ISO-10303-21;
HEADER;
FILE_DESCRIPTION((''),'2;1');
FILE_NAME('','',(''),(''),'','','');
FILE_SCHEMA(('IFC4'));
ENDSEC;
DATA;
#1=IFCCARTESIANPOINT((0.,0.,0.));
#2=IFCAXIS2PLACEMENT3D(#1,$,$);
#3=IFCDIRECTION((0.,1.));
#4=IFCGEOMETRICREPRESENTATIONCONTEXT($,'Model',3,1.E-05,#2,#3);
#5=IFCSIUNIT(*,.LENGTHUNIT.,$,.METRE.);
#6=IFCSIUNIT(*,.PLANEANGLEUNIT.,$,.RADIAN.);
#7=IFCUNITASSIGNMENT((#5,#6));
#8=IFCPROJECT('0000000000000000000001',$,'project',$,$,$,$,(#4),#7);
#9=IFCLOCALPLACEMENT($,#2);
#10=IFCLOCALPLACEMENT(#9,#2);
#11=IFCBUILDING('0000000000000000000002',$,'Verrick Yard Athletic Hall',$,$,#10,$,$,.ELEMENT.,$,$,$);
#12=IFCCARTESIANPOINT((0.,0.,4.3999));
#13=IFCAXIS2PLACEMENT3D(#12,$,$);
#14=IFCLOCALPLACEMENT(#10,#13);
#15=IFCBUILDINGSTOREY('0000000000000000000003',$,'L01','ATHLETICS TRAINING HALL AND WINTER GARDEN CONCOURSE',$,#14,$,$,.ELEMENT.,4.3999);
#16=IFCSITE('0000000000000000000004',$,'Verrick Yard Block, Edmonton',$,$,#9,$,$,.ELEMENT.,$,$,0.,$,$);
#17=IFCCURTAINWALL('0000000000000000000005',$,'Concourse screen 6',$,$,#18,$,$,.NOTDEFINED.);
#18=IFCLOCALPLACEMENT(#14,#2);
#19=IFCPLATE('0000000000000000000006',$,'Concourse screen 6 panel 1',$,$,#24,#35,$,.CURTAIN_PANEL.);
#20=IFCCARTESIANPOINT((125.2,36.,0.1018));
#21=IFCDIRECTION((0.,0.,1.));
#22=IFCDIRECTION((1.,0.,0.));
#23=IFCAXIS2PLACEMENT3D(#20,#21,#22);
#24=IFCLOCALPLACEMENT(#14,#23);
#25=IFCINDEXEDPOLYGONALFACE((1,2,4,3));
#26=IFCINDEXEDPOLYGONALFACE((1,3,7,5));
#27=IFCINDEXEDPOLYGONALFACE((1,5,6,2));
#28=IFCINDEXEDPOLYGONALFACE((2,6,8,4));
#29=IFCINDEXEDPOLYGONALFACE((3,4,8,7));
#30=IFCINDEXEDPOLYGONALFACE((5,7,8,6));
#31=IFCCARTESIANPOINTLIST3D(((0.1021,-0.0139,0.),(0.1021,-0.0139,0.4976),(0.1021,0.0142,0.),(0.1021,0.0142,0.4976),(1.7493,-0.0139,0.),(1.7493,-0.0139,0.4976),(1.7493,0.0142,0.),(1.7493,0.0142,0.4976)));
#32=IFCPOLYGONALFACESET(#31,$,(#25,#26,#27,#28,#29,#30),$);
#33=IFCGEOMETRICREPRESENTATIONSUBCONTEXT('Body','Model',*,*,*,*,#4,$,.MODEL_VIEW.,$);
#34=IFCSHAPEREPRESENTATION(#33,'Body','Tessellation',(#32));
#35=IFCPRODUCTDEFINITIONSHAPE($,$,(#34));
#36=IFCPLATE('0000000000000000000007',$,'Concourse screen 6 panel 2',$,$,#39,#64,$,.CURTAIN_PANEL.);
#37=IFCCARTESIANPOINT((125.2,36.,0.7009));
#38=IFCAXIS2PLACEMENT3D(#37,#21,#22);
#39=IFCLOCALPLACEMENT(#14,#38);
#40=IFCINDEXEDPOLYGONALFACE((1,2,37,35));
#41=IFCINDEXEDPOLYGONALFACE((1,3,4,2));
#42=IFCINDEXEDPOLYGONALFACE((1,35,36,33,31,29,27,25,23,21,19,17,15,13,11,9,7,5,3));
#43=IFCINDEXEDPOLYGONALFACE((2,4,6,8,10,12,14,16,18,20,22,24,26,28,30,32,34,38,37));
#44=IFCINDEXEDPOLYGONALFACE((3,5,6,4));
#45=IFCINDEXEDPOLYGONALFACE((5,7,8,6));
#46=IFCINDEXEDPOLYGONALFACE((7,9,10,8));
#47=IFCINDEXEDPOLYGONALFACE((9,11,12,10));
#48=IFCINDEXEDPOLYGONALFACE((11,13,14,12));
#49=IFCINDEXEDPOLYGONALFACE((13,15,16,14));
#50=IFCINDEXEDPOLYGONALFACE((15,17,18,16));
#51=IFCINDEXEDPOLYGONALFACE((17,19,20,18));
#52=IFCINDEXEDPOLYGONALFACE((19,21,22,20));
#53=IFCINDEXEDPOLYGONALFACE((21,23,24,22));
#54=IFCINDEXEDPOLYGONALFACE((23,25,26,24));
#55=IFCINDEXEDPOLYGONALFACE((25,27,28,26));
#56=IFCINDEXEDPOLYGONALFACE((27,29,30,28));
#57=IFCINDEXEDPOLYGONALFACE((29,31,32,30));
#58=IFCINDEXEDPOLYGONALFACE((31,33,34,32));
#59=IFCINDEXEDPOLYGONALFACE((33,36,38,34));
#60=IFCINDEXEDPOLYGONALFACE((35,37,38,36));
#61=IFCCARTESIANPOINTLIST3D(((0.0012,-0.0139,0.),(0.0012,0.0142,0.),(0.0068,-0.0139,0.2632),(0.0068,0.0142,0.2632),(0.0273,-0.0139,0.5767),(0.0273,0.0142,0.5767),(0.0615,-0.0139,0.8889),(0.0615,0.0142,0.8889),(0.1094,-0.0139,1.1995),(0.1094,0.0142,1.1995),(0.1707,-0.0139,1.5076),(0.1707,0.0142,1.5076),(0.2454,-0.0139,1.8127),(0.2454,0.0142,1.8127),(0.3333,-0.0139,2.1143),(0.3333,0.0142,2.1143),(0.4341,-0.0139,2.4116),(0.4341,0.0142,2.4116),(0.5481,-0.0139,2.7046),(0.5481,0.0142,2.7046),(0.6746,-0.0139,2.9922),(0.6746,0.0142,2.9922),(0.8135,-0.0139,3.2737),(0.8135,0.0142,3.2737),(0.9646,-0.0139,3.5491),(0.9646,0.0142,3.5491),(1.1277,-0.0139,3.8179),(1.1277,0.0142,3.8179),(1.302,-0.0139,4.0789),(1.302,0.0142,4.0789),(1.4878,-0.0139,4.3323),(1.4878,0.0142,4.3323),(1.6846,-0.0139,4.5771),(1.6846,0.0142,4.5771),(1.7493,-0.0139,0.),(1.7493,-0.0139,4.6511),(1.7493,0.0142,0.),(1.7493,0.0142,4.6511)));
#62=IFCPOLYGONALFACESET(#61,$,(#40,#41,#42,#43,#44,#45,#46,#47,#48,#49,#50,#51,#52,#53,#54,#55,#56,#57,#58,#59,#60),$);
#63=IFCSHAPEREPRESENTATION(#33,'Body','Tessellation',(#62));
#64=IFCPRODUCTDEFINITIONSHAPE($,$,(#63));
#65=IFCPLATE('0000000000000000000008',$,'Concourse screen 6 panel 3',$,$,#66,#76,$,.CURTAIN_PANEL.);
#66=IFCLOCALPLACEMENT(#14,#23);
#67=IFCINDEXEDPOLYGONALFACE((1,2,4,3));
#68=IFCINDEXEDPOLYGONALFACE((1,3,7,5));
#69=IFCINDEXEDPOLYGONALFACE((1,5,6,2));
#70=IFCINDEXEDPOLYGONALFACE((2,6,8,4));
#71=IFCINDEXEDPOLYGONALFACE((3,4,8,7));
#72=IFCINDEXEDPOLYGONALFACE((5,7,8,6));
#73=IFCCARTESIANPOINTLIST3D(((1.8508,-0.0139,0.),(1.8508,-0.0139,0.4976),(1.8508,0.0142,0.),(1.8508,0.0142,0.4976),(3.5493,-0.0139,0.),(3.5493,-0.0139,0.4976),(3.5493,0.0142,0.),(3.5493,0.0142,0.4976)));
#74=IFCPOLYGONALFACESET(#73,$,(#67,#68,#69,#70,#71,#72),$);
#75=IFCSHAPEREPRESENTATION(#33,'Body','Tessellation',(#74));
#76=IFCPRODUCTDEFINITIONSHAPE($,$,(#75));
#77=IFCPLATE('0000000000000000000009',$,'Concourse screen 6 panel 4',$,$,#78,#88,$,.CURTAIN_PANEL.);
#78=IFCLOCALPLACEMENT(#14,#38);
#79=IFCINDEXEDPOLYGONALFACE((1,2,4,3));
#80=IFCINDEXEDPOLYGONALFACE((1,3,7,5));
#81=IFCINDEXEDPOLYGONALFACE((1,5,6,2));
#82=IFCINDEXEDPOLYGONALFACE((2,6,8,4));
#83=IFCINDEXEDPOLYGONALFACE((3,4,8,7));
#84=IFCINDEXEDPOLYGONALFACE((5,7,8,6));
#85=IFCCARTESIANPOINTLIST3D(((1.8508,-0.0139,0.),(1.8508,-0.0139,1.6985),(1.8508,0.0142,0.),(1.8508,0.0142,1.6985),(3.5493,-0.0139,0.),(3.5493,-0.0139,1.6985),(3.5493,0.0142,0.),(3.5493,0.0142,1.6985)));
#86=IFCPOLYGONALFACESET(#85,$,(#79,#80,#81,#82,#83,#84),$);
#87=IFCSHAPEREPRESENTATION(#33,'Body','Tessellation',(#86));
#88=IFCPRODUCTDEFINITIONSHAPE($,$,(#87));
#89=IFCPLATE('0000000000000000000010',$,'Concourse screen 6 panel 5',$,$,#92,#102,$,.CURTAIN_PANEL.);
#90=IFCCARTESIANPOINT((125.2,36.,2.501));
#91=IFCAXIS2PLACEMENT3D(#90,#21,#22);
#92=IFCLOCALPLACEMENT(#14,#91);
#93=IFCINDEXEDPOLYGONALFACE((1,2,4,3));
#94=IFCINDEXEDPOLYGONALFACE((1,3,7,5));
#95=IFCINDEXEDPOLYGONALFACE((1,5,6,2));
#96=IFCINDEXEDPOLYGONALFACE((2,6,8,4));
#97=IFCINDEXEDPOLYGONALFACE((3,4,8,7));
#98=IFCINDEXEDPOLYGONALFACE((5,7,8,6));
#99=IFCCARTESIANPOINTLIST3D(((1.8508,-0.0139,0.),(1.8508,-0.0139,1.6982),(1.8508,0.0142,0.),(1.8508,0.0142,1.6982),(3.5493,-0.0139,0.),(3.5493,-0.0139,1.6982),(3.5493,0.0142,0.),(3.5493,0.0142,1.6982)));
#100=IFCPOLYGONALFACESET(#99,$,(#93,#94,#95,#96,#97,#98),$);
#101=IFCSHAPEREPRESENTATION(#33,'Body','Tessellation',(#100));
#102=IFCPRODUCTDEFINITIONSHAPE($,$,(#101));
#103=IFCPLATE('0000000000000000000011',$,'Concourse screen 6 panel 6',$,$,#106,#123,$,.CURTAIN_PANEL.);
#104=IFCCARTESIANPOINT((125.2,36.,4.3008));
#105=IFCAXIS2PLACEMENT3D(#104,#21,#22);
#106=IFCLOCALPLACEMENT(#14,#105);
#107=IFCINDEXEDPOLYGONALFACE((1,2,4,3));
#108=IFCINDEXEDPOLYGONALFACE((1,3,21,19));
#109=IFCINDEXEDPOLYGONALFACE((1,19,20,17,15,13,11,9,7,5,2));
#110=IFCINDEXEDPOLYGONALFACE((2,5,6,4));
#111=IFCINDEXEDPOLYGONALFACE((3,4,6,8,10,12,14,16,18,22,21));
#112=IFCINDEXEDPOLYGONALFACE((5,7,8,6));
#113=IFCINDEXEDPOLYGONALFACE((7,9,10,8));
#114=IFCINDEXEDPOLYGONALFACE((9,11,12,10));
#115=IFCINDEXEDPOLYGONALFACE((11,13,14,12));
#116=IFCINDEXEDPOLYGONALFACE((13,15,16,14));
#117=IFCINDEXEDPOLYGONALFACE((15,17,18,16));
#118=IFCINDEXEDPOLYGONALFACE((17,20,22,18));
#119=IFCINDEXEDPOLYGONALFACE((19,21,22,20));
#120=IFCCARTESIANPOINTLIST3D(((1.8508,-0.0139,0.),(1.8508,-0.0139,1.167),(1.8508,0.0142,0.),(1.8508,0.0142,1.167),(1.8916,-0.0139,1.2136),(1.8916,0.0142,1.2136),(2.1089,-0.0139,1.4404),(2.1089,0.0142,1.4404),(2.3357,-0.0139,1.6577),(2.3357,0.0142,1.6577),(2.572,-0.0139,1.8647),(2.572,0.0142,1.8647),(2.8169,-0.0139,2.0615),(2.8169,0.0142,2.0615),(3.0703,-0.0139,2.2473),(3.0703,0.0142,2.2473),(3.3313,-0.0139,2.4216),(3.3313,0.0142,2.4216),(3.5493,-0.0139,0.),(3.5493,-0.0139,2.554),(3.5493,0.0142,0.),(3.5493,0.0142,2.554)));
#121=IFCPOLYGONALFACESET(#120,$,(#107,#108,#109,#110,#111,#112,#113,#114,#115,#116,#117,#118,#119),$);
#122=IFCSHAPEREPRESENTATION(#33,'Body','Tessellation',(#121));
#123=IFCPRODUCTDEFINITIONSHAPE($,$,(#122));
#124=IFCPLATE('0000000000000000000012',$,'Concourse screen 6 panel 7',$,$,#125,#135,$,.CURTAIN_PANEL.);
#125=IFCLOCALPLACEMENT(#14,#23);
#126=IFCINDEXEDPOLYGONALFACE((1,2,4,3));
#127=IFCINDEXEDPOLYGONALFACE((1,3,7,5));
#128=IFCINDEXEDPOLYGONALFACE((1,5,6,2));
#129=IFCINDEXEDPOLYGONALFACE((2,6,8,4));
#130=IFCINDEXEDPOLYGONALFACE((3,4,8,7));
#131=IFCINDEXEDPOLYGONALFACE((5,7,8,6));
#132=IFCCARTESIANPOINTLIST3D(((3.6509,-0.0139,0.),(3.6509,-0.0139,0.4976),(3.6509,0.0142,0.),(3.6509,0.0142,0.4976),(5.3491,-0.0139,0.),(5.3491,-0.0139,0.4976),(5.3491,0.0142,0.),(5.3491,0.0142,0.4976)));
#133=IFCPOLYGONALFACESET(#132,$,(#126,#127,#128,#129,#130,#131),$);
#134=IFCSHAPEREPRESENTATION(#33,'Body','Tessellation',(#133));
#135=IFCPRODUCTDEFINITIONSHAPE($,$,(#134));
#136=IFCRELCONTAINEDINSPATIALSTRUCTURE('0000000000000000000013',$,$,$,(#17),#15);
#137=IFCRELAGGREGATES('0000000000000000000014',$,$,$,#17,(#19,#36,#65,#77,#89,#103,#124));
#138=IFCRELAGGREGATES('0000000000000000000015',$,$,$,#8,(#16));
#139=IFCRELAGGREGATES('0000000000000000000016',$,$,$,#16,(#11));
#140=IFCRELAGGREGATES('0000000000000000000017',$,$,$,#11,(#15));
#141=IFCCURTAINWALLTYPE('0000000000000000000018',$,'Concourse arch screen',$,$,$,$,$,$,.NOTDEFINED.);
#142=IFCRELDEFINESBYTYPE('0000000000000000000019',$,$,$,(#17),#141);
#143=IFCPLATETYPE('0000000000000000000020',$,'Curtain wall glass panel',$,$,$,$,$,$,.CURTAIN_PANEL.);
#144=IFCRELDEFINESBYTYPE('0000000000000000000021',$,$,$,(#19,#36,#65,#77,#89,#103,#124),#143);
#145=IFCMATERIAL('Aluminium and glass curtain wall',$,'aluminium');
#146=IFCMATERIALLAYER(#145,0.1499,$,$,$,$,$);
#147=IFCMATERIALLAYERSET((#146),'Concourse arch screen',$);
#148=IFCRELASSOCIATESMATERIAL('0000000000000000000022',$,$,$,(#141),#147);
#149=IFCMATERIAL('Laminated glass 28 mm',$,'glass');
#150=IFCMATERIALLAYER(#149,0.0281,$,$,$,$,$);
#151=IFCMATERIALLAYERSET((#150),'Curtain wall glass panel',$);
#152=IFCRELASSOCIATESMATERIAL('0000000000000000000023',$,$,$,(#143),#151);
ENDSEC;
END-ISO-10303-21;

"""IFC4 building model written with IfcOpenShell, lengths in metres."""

from ifc_helpers import new_model, si_unit, direction, frame, origin, place, context, subcontext, project, spatial, polyline, outline, extrude, material, layer, layer_set, type_object, element, aggregate, save


model = new_model("IFC4")

# Units and contexts
model_context = context("Model", 3, precision=1e-05, world=origin(), true_north=direction((0.0, 1.0)))
body_context = subcontext(model_context, "Body", "Model", "MODEL_VIEW")
ifc_project = project(units=[si_unit("LENGTHUNIT", "METRE"), si_unit("PLANEANGLEUNIT", "RADIAN")], contexts=[model_context])

# Site, building, storey
site_placement = place(None, origin())
site = spatial("IfcSite", under=ifc_project, at=site_placement, Name="Verrick Yard Block, Edmonton", CompositionType="ELEMENT", RefElevation=0.0)
building_placement = place(site_placement, origin())
building = spatial("IfcBuilding", under=site, at=building_placement, Name="Verrick Yard Athletic Hall", CompositionType="ELEMENT")
storey_placement = place(building_placement, frame((0.0, 0.0, 4.3999)))
storey = spatial("IfcBuildingStorey", under=building, at=storey_placement, Name="L01", Description="ATHLETICS TRAINING HALL AND WINTER GARDEN CONCOURSE", CompositionType="ELEMENT", Elevation=4.3999)

# Shared definitions
ifc_material_1 = material(Name="Aluminium and glass curtain wall", Category="aluminium")
ifc_layer_1 = layer(ifc_material_1, 0.1499)
ifc_layer_set_1 = layer_set([ifc_layer_1], Name="Concourse arch screen")
curtain_wall_type = type_object("IfcCurtainWallType", Name="Concourse arch screen", PredefinedType="NOTDEFINED", material=ifc_layer_set_1)

# Curtain wall, plates
curtain_wall_1_placement = place(storey_placement, origin())
curtain_wall_1 = element("IfcCurtainWall", 1, at=curtain_wall_1_placement, inside=storey, type_object=curtain_wall_type, Name="Concourse screen 6", PredefinedType="NOTDEFINED")
ifc_material_2 = material(Name="Laminated glass 28 mm", Category="glass")
ifc_layer_2 = layer(ifc_material_2, 0.0281)
ifc_layer_set_2 = layer_set([ifc_layer_2], Name="Curtain wall glass panel")
plate_type = type_object("IfcPlateType", Name="Curtain wall glass panel", PredefinedType="CURTAIN_PANEL", material=ifc_layer_set_2)
plate_1_placement = place(storey_placement, frame((125.2, 36.0, 0.1018), z_axis=(0.0, 0.0, 1.0), x_axis=(1.0, 0.0, 0.0)))
plate_1 = element("IfcPlate", 2, at=plate_1_placement, type_object=plate_type, Name="Concourse screen 6 panel 1", PredefinedType="CURTAIN_PANEL", context=body_context, shape_type="SweptSolid", body=[
    extrude(outline(polyline([(1.7493, 0.0), (1.7493, 0.4976), (0.1021, 0.4976), (0.1021, 0.0), (1.7493, 0.0)])), frame((0.0, 0.0142, 0.0), z_axis=(0.0, -1.0, 0.0), x_axis=(1.0, 0.0, 0.0)), (0.0, 0.0, 1.0), 0.0281),
])
plate_2_placement = place(storey_placement, frame((125.2, 36.0, 0.7009), z_axis=(0.0, 0.0, 1.0), x_axis=(1.0, 0.0, 0.0)))
plate_2 = element("IfcPlate", 3, at=plate_2_placement, type_object=plate_type, Name="Concourse screen 6 panel 2", PredefinedType="CURTAIN_PANEL", context=body_context, shape_type="SweptSolid", body=[
    extrude(outline(polyline([(1.7493, 4.6511), (1.6846, 4.5771), (1.4878, 4.3323), (1.302, 4.0789), (1.1277, 3.8179), (0.9646, 3.5491), (0.8135, 3.2737), (0.6746, 2.9922), (0.5481, 2.7046), (0.4341, 2.4116), (0.3333, 2.1143), (0.2454, 1.8127), (0.1707, 1.5076), (0.1094, 1.1995), (0.0615, 0.8889), (0.0273, 0.5767), (0.0068, 0.2632), (0.0012, 0.0), (1.7493, 0.0), (1.7493, 4.6511)])), frame((0.0, 0.0142, 0.0), z_axis=(0.0, -1.0, 0.0), x_axis=(1.0, 0.0, 0.0)), (0.0, 0.0, 1.0), 0.0281),
])
plate_3_placement = place(storey_placement, frame((125.2, 36.0, 0.1018), z_axis=(0.0, 0.0, 1.0), x_axis=(1.0, 0.0, 0.0)))
plate_3 = element("IfcPlate", 4, at=plate_3_placement, type_object=plate_type, Name="Concourse screen 6 panel 3", PredefinedType="CURTAIN_PANEL", context=body_context, shape_type="SweptSolid", body=[
    extrude(outline(polyline([(3.5493, 0.0), (3.5493, 0.4976), (1.8508, 0.4976), (1.8508, 0.0), (3.5493, 0.0)])), frame((0.0, 0.0142, 0.0), z_axis=(0.0, -1.0, 0.0), x_axis=(1.0, 0.0, 0.0)), (0.0, 0.0, 1.0), 0.0281),
])
plate_4_placement = place(storey_placement, frame((125.2, 36.0, 0.7009), z_axis=(0.0, 0.0, 1.0), x_axis=(1.0, 0.0, 0.0)))
plate_4 = element("IfcPlate", 5, at=plate_4_placement, type_object=plate_type, Name="Concourse screen 6 panel 4", PredefinedType="CURTAIN_PANEL", context=body_context, shape_type="SweptSolid", body=[
    extrude(outline(polyline([(3.5493, 0.0), (3.5493, 1.6985), (1.8508, 1.6985), (1.8508, 0.0), (3.5493, 0.0)])), frame((0.0, 0.0142, 0.0), z_axis=(0.0, -1.0, 0.0), x_axis=(1.0, 0.0, 0.0)), (0.0, 0.0, 1.0), 0.0281),
])
plate_5_placement = place(storey_placement, frame((125.2, 36.0, 2.501), z_axis=(0.0, 0.0, 1.0), x_axis=(1.0, 0.0, 0.0)))
plate_5 = element("IfcPlate", 6, at=plate_5_placement, type_object=plate_type, Name="Concourse screen 6 panel 5", PredefinedType="CURTAIN_PANEL", context=body_context, shape_type="SweptSolid", body=[
    extrude(outline(polyline([(3.5493, 0.0), (3.5493, 1.6982), (1.8508, 1.6982), (1.8508, 0.0), (3.5493, 0.0)])), frame((0.0, 0.0142, 0.0), z_axis=(0.0, -1.0, 0.0), x_axis=(1.0, 0.0, 0.0)), (0.0, 0.0, 1.0), 0.0281),
])
plate_6_placement = place(storey_placement, frame((125.2, 36.0, 4.3008), z_axis=(0.0, 0.0, 1.0), x_axis=(1.0, 0.0, 0.0)))
plate_6 = element("IfcPlate", 7, at=plate_6_placement, type_object=plate_type, Name="Concourse screen 6 panel 6", PredefinedType="CURTAIN_PANEL", context=body_context, shape_type="SweptSolid", body=[
    extrude(outline(polyline([(3.5493, 2.554), (3.3313, 2.4216), (3.0703, 2.2473), (2.8169, 2.0615), (2.572, 1.8647), (2.3357, 1.6577), (2.1089, 1.4404), (1.8916, 1.2136), (1.8508, 1.167), (1.8508, 0.0), (3.5493, 0.0), (3.5493, 2.554)])), frame((0.0, 0.0142, 0.0), z_axis=(0.0, -1.0, 0.0), x_axis=(1.0, 0.0, 0.0)), (0.0, 0.0, 1.0), 0.0281),
])
plate_7_placement = place(storey_placement, frame((125.2, 36.0, 0.1018), z_axis=(0.0, 0.0, 1.0), x_axis=(1.0, 0.0, 0.0)))
plate_7 = element("IfcPlate", 8, at=plate_7_placement, type_object=plate_type, Name="Concourse screen 6 panel 7", PredefinedType="CURTAIN_PANEL", context=body_context, shape_type="SweptSolid", body=[
    extrude(outline(polyline([(5.3491, 0.0), (5.3491, 0.4976), (3.6509, 0.4976), (3.6509, 0.0), (5.3491, 0.0)])), frame((0.0, 0.0142, 0.0), z_axis=(0.0, -1.0, 0.0), x_axis=(1.0, 0.0, 0.0)), (0.0, 0.0, 1.0), 0.0281),
])
aggregate(curtain_wall_1, [plate_1, plate_2, plate_3, plate_4, plate_5, plate_6, plate_7])

save(model, "model.ifc")
